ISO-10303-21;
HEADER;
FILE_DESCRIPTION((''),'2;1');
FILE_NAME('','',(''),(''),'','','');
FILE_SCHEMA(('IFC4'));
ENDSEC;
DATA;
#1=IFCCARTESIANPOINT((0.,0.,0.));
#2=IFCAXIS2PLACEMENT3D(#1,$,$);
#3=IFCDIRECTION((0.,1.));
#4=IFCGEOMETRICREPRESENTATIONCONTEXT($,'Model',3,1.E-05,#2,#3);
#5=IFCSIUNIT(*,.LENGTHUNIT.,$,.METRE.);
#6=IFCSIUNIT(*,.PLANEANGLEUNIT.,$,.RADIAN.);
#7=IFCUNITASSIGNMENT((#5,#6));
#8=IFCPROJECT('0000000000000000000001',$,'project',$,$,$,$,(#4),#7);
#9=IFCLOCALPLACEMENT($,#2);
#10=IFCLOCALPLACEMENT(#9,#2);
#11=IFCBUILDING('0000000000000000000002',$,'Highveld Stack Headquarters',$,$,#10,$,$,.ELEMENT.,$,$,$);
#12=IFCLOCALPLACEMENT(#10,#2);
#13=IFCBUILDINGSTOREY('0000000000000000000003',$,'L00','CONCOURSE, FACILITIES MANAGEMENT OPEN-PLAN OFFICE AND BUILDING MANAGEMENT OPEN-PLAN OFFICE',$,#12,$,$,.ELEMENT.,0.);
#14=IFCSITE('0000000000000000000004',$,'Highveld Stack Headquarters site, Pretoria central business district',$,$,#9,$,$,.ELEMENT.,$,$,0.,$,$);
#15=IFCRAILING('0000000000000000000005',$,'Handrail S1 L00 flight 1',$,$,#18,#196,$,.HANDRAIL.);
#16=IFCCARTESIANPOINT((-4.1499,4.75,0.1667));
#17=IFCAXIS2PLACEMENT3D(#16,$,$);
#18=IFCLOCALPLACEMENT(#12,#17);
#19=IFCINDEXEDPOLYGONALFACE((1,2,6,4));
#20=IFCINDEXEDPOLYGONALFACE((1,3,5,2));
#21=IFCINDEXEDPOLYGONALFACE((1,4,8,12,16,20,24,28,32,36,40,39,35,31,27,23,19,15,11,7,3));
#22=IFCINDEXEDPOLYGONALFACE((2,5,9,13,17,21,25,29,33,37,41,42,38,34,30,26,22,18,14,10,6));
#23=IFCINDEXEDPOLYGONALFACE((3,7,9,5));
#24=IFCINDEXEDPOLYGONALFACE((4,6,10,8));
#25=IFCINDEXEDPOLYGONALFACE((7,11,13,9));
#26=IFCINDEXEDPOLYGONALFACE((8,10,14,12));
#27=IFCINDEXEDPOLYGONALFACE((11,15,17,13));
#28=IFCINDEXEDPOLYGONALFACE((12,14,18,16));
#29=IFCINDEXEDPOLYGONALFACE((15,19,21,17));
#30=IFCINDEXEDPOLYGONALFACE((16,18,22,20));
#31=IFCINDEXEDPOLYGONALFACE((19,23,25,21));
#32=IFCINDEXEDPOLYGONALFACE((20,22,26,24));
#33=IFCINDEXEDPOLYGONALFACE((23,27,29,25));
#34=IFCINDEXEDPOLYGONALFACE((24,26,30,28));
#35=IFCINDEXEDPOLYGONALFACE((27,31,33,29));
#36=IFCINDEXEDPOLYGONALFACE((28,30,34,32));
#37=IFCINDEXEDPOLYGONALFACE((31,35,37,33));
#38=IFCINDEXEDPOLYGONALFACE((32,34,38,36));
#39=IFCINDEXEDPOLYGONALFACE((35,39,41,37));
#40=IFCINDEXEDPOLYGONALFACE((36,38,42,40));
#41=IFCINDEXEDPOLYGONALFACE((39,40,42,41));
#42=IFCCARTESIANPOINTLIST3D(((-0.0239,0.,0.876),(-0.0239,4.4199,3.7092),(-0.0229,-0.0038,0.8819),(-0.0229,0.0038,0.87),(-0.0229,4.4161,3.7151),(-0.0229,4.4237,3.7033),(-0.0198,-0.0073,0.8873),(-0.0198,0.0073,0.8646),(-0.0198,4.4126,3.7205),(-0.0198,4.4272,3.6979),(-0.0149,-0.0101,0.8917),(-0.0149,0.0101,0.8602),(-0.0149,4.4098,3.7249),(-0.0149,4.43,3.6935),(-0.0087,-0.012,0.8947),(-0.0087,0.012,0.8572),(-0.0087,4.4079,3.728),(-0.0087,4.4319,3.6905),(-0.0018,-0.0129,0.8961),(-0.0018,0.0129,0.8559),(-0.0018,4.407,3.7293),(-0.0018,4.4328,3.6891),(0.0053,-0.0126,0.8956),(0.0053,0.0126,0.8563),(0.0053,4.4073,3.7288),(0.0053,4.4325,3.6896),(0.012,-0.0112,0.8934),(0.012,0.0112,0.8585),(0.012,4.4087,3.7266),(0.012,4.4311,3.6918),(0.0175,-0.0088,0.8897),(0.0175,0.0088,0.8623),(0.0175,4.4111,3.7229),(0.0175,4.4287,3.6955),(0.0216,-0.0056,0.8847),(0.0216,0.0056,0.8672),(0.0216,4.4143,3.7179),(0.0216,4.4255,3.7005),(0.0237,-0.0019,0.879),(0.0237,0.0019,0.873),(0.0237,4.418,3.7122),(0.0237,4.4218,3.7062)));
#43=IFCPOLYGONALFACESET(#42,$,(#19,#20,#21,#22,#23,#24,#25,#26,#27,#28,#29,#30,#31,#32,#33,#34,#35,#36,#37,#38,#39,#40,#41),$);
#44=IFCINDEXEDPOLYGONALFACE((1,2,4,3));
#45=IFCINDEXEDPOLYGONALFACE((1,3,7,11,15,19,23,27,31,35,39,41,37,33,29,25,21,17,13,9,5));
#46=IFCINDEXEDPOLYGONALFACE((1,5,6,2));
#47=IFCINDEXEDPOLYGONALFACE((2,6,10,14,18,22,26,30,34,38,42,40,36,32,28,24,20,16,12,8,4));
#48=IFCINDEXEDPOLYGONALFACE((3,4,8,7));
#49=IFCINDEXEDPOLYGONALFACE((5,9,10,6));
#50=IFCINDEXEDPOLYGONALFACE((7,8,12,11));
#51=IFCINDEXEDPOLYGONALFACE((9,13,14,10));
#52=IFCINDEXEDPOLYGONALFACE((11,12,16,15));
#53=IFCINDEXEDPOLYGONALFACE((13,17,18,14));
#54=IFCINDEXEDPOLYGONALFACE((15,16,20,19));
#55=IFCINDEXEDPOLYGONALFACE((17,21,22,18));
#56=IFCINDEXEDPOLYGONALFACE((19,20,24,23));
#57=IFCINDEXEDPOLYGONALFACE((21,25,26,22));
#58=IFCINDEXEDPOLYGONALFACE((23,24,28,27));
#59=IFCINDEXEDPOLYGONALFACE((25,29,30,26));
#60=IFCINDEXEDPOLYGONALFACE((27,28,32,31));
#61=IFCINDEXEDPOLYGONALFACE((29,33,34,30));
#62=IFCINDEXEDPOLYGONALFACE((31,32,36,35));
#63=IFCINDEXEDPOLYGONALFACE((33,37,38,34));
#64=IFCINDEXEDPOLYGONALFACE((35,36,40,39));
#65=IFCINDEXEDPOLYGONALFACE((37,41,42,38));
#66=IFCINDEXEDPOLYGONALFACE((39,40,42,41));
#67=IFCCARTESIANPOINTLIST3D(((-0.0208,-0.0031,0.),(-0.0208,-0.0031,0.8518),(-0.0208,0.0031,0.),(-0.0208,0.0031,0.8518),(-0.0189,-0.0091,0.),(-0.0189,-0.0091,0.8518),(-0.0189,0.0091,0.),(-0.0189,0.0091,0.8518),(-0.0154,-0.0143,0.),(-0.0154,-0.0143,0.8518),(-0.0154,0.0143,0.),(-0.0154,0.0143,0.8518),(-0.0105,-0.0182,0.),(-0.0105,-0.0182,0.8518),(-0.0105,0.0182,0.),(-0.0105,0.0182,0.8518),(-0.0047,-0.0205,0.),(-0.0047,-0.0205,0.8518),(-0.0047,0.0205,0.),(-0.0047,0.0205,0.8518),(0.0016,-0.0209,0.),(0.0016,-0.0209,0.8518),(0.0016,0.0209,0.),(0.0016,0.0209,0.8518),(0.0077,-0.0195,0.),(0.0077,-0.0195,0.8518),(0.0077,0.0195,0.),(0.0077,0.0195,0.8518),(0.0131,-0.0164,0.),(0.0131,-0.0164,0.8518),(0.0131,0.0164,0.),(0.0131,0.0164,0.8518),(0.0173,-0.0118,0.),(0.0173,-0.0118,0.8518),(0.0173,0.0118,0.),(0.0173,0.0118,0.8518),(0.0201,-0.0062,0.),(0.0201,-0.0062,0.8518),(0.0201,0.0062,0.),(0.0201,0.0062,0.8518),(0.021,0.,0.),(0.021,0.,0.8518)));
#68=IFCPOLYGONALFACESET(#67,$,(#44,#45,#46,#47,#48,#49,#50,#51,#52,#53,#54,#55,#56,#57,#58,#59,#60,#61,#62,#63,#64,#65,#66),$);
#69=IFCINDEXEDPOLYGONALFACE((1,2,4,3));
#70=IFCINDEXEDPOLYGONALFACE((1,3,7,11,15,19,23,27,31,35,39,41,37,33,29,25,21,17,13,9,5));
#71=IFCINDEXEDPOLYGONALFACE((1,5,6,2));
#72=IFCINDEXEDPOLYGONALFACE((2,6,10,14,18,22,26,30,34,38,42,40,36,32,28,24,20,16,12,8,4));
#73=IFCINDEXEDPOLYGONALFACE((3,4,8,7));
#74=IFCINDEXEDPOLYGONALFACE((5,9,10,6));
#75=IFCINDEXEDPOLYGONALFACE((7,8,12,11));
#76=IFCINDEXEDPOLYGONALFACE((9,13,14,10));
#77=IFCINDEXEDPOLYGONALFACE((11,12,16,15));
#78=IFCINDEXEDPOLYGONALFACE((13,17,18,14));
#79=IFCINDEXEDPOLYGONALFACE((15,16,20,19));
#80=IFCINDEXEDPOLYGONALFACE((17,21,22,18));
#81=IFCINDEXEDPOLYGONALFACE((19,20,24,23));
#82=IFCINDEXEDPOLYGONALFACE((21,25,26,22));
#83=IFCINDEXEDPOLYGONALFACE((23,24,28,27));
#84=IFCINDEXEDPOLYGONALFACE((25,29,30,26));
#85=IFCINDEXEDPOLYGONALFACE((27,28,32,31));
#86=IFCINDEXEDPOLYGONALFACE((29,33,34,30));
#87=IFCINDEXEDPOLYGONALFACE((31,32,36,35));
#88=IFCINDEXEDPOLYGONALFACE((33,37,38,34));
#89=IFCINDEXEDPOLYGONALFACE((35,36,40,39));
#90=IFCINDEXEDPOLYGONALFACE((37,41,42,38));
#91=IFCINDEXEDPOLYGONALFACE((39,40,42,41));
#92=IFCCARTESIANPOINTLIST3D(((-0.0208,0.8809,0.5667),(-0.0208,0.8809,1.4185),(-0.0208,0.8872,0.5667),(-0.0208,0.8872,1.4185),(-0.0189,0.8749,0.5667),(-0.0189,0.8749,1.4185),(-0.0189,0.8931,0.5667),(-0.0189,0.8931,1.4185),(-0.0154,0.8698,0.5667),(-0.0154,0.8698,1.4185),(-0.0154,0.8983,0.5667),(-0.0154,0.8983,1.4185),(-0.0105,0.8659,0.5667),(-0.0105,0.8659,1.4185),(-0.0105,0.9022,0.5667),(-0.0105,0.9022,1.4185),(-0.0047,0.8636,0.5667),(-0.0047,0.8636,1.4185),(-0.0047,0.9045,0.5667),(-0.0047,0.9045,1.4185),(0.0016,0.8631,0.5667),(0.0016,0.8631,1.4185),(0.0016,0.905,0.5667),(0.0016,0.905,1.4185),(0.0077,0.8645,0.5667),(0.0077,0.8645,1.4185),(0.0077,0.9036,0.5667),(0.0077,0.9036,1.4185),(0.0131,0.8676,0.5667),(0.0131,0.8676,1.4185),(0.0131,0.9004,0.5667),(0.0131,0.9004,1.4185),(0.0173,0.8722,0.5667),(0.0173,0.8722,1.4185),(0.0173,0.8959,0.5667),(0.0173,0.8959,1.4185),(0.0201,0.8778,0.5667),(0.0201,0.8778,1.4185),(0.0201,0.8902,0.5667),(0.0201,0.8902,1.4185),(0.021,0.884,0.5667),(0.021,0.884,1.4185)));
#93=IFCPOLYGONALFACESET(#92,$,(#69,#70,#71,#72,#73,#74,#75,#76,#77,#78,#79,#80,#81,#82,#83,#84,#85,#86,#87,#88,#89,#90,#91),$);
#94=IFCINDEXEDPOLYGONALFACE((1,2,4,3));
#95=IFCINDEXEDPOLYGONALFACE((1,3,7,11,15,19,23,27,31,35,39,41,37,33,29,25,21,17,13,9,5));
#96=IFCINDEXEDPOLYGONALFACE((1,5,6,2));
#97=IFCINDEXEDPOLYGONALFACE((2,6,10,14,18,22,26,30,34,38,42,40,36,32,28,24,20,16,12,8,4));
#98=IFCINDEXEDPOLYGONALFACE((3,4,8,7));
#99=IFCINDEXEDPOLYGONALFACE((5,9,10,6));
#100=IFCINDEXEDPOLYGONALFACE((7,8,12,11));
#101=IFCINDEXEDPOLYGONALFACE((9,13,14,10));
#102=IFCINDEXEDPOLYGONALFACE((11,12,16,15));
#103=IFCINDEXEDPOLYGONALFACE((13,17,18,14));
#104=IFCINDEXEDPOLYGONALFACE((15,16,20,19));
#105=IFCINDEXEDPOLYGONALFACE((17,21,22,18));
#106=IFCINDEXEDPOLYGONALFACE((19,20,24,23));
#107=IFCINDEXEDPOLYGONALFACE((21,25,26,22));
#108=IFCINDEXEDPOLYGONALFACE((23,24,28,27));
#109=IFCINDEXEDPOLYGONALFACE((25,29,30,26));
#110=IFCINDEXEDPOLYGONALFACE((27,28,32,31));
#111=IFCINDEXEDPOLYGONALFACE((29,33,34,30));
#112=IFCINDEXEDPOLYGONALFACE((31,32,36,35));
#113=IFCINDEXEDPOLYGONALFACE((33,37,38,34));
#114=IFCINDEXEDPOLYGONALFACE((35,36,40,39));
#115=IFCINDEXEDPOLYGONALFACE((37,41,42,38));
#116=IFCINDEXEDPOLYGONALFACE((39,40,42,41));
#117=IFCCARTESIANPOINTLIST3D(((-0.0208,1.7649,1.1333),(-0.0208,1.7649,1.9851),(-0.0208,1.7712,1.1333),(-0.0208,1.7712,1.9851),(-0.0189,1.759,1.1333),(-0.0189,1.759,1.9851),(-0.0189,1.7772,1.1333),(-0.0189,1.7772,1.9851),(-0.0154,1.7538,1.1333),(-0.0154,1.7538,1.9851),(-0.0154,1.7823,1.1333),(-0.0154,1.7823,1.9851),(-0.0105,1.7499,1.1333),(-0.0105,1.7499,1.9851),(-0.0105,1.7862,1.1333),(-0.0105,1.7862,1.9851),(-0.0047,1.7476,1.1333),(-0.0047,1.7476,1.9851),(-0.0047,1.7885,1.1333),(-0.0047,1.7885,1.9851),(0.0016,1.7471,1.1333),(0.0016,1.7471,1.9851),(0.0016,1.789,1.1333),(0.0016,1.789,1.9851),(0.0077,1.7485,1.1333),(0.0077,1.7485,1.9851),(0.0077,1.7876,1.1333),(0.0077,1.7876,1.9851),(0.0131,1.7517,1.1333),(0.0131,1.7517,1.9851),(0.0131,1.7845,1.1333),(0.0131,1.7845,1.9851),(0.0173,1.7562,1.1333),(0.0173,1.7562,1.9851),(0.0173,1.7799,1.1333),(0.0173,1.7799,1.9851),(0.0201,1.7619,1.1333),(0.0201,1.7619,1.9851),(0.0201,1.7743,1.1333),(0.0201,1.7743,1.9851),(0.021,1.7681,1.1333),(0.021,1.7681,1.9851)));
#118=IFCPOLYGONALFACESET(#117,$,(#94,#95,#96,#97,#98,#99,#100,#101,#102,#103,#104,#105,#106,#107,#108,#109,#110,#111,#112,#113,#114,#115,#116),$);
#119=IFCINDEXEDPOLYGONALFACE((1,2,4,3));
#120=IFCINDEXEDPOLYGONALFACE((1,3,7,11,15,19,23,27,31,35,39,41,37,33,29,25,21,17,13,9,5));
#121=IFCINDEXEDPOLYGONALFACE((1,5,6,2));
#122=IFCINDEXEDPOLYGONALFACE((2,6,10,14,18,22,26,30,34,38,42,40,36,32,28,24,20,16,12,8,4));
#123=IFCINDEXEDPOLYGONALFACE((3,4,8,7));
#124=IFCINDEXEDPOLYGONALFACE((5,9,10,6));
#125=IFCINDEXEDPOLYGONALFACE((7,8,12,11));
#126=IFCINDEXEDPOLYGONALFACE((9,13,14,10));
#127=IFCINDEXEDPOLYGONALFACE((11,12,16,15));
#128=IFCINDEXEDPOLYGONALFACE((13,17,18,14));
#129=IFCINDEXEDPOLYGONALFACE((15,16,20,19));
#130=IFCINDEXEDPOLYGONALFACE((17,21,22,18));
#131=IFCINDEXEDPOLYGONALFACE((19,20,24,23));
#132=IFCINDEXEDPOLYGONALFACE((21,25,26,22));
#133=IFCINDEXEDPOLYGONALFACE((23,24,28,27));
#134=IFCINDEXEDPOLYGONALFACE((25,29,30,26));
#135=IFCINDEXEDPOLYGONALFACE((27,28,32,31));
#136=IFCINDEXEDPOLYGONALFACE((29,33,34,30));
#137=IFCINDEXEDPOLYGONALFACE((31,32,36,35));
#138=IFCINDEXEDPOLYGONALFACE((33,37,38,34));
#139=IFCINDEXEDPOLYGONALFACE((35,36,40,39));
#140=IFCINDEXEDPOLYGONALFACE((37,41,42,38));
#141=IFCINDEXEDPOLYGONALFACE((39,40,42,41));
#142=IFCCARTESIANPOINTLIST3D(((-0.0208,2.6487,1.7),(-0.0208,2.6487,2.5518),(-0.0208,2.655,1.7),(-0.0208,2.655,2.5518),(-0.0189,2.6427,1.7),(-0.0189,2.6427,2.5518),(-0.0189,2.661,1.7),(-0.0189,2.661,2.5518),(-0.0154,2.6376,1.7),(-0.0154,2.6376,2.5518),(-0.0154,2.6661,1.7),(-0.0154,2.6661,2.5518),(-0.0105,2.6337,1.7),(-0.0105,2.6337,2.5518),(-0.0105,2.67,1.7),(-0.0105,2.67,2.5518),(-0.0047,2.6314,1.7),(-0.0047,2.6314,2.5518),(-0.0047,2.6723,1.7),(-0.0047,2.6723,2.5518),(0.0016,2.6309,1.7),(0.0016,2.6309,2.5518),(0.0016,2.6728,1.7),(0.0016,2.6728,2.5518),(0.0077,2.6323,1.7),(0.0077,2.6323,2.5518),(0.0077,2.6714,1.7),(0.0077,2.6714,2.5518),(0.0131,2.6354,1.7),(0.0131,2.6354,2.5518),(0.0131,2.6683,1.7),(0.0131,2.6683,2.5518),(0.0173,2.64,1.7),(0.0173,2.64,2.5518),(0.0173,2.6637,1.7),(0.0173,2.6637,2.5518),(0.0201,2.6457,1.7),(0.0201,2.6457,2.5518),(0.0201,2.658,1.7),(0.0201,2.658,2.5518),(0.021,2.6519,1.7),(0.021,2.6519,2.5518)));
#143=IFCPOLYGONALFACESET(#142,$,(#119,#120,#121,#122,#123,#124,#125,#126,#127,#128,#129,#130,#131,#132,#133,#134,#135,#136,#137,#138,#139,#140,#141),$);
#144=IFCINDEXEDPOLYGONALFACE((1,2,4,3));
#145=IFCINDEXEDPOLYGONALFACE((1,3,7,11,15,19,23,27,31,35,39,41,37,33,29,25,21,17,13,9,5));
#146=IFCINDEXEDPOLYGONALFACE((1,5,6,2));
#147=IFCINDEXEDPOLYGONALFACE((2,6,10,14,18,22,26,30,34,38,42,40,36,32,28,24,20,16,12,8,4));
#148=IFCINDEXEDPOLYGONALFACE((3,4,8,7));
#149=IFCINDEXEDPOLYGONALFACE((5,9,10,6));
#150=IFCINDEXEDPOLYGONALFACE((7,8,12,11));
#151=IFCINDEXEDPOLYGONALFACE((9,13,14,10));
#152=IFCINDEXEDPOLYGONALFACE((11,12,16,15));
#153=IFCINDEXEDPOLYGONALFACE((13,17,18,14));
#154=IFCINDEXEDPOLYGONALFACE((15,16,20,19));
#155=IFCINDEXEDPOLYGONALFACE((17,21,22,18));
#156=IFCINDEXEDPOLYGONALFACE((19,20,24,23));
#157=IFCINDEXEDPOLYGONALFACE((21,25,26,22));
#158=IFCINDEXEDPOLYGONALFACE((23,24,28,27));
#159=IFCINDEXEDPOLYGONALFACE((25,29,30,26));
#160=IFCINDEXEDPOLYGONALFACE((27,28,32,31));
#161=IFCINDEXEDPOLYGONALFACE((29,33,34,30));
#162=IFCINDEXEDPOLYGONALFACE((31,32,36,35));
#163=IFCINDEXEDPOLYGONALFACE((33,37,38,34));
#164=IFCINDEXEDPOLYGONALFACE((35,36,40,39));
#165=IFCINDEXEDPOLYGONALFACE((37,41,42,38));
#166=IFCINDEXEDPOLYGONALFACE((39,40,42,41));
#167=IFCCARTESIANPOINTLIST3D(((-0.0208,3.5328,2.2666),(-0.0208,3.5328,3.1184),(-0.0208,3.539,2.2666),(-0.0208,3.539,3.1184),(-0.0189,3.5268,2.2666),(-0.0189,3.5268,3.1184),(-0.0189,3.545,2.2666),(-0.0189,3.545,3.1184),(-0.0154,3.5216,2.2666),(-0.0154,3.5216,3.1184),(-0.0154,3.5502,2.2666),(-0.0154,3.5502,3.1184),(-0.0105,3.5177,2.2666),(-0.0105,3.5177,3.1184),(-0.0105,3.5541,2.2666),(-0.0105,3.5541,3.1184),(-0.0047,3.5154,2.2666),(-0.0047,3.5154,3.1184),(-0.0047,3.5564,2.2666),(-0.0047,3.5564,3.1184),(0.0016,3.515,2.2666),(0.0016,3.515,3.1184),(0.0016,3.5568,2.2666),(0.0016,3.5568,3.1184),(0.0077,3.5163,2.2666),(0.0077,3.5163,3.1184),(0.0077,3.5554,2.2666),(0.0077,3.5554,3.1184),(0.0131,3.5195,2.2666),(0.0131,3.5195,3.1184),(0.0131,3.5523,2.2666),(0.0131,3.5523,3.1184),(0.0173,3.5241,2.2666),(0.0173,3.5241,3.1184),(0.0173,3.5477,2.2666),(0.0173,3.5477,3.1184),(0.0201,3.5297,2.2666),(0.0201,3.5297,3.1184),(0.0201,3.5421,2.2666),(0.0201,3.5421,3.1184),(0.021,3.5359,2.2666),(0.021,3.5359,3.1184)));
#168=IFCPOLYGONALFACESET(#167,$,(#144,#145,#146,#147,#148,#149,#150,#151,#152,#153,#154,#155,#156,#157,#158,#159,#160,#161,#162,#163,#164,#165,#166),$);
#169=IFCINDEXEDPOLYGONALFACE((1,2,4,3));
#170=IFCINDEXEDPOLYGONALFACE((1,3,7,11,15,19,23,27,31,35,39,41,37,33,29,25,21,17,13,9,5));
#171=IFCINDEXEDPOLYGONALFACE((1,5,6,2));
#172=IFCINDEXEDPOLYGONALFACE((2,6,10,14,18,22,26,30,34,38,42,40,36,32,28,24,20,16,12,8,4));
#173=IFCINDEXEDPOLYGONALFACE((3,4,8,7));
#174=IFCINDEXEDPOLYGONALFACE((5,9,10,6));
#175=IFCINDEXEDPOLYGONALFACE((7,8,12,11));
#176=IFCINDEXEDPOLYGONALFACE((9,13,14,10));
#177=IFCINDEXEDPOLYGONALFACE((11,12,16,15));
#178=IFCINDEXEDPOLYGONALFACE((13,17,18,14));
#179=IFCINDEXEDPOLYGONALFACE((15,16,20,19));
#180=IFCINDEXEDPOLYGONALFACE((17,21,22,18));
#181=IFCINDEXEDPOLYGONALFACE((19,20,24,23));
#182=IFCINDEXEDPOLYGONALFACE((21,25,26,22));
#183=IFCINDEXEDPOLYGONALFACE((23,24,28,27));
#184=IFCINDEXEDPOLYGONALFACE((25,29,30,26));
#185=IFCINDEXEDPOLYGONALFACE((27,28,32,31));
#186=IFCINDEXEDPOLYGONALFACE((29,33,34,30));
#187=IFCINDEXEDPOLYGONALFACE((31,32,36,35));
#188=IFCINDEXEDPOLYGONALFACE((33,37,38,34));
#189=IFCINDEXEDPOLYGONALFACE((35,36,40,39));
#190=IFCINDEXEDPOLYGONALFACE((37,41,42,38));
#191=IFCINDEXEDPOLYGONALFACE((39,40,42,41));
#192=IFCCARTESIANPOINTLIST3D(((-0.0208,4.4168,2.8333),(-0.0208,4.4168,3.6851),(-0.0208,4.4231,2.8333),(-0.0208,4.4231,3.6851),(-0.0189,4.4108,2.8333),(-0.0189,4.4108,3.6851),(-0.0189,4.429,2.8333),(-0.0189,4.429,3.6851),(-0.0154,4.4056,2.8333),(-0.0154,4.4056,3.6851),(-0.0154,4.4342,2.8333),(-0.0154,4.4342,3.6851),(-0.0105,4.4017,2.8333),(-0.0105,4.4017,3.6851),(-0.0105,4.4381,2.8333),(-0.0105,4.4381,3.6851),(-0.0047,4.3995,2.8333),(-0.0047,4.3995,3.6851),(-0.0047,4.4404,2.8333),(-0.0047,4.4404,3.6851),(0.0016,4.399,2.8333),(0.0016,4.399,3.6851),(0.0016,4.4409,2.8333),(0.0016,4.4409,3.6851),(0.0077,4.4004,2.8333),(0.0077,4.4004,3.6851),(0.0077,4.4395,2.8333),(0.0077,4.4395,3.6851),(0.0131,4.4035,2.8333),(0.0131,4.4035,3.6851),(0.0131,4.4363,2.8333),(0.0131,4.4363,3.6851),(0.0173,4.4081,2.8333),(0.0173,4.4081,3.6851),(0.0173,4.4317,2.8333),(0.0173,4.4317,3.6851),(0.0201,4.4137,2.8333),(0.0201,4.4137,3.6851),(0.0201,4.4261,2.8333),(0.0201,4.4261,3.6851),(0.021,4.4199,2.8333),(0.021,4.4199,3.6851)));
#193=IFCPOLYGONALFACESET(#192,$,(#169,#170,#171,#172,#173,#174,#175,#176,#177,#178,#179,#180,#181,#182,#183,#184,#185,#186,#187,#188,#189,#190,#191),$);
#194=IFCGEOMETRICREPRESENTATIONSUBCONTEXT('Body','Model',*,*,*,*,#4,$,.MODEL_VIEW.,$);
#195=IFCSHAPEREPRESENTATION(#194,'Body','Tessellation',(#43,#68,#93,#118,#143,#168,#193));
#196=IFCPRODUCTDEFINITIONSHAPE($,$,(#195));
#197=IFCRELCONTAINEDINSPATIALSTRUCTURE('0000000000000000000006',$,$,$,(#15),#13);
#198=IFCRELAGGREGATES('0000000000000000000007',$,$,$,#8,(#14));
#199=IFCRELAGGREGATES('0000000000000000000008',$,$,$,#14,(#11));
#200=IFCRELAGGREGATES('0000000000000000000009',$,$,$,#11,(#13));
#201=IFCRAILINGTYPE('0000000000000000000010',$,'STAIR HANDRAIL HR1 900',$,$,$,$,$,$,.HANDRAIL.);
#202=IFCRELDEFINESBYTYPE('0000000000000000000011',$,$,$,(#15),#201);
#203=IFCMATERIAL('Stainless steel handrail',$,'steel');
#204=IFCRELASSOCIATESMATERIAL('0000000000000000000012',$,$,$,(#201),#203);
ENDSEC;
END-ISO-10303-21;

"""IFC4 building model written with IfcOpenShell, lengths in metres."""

from ifc_helpers import new_model, si_unit, direction, frame, origin, origin_2d, place, context, subcontext, project, spatial, circle, extrude, material, type_object, element, save


model = new_model("IFC4")

# Units and contexts
model_context = context("Model", 3, precision=1e-05, world=origin(), true_north=direction((0.0, 1.0)))
body_context = subcontext(model_context, "Body", "Model", "MODEL_VIEW")
ifc_project = project(units=[si_unit("LENGTHUNIT", "METRE"), si_unit("PLANEANGLEUNIT", "RADIAN")], contexts=[model_context])

# Site, building, storey
site_placement = place(None, origin())
site = spatial("IfcSite", under=ifc_project, at=site_placement, Name="Highveld Stack Headquarters site, Pretoria central business district", CompositionType="ELEMENT", RefElevation=0.0)
building_placement = place(site_placement, origin())
building = spatial("IfcBuilding", under=site, at=building_placement, Name="Highveld Stack Headquarters", CompositionType="ELEMENT")
storey_placement = place(building_placement, origin())
storey = spatial("IfcBuildingStorey", under=building, at=storey_placement, Name="L00", Description="CONCOURSE, FACILITIES MANAGEMENT OPEN-PLAN OFFICE AND BUILDING MANAGEMENT OPEN-PLAN OFFICE", CompositionType="ELEMENT", Elevation=0.0)

# Railing
ifc_material_1 = material(Name="Stainless steel handrail", Category="steel")
railing_type = type_object("IfcRailingType", Name="STAIR HANDRAIL HR1 900", PredefinedType="HANDRAIL", material=ifc_material_1)
for number, where, name in (
    (1, (-4.1499, 4.75, 0.1667), "Handrail S1 L00 flight 1"),
):
    element("IfcRailing", number, at=place(storey_placement, frame(where)), inside=storey, type_object=railing_type, Name=name, PredefinedType="HANDRAIL", context=body_context, shape_type="SweptSolid", body=[
        extrude(circle(Radius=0.0239, at=origin_2d()), frame((0.0, 0.0, 0.876), z_axis=(0.0, 0.841882, 0.539662), x_axis=(-1.0, 0.0, 0.0)), (0.0, 0.0, 1.0), 5.25),
        extrude(circle(Radius=0.021, at=origin_2d()), origin(), (0.0, 0.0, 1.0), 0.8518),
        extrude(circle(Radius=0.021, at=origin_2d()), frame((0.0, 0.884, 0.5667)), (0.0, 0.0, 1.0), 0.8518),
        extrude(circle(Radius=0.021, at=origin_2d()), frame((0.0, 1.7681, 1.1333)), (0.0, 0.0, 1.0), 0.8518),
        extrude(circle(Radius=0.021, at=origin_2d()), frame((0.0, 2.6519, 1.7)), (0.0, 0.0, 1.0), 0.8518),
        extrude(circle(Radius=0.021, at=origin_2d()), frame((0.0, 3.5359, 2.2666)), (0.0, 0.0, 1.0), 0.8518),
        extrude(circle(Radius=0.021, at=origin_2d()), frame((0.0, 4.4199, 2.8333)), (0.0, 0.0, 1.0), 0.8518),
    ])

save(model, "model.ifc")
